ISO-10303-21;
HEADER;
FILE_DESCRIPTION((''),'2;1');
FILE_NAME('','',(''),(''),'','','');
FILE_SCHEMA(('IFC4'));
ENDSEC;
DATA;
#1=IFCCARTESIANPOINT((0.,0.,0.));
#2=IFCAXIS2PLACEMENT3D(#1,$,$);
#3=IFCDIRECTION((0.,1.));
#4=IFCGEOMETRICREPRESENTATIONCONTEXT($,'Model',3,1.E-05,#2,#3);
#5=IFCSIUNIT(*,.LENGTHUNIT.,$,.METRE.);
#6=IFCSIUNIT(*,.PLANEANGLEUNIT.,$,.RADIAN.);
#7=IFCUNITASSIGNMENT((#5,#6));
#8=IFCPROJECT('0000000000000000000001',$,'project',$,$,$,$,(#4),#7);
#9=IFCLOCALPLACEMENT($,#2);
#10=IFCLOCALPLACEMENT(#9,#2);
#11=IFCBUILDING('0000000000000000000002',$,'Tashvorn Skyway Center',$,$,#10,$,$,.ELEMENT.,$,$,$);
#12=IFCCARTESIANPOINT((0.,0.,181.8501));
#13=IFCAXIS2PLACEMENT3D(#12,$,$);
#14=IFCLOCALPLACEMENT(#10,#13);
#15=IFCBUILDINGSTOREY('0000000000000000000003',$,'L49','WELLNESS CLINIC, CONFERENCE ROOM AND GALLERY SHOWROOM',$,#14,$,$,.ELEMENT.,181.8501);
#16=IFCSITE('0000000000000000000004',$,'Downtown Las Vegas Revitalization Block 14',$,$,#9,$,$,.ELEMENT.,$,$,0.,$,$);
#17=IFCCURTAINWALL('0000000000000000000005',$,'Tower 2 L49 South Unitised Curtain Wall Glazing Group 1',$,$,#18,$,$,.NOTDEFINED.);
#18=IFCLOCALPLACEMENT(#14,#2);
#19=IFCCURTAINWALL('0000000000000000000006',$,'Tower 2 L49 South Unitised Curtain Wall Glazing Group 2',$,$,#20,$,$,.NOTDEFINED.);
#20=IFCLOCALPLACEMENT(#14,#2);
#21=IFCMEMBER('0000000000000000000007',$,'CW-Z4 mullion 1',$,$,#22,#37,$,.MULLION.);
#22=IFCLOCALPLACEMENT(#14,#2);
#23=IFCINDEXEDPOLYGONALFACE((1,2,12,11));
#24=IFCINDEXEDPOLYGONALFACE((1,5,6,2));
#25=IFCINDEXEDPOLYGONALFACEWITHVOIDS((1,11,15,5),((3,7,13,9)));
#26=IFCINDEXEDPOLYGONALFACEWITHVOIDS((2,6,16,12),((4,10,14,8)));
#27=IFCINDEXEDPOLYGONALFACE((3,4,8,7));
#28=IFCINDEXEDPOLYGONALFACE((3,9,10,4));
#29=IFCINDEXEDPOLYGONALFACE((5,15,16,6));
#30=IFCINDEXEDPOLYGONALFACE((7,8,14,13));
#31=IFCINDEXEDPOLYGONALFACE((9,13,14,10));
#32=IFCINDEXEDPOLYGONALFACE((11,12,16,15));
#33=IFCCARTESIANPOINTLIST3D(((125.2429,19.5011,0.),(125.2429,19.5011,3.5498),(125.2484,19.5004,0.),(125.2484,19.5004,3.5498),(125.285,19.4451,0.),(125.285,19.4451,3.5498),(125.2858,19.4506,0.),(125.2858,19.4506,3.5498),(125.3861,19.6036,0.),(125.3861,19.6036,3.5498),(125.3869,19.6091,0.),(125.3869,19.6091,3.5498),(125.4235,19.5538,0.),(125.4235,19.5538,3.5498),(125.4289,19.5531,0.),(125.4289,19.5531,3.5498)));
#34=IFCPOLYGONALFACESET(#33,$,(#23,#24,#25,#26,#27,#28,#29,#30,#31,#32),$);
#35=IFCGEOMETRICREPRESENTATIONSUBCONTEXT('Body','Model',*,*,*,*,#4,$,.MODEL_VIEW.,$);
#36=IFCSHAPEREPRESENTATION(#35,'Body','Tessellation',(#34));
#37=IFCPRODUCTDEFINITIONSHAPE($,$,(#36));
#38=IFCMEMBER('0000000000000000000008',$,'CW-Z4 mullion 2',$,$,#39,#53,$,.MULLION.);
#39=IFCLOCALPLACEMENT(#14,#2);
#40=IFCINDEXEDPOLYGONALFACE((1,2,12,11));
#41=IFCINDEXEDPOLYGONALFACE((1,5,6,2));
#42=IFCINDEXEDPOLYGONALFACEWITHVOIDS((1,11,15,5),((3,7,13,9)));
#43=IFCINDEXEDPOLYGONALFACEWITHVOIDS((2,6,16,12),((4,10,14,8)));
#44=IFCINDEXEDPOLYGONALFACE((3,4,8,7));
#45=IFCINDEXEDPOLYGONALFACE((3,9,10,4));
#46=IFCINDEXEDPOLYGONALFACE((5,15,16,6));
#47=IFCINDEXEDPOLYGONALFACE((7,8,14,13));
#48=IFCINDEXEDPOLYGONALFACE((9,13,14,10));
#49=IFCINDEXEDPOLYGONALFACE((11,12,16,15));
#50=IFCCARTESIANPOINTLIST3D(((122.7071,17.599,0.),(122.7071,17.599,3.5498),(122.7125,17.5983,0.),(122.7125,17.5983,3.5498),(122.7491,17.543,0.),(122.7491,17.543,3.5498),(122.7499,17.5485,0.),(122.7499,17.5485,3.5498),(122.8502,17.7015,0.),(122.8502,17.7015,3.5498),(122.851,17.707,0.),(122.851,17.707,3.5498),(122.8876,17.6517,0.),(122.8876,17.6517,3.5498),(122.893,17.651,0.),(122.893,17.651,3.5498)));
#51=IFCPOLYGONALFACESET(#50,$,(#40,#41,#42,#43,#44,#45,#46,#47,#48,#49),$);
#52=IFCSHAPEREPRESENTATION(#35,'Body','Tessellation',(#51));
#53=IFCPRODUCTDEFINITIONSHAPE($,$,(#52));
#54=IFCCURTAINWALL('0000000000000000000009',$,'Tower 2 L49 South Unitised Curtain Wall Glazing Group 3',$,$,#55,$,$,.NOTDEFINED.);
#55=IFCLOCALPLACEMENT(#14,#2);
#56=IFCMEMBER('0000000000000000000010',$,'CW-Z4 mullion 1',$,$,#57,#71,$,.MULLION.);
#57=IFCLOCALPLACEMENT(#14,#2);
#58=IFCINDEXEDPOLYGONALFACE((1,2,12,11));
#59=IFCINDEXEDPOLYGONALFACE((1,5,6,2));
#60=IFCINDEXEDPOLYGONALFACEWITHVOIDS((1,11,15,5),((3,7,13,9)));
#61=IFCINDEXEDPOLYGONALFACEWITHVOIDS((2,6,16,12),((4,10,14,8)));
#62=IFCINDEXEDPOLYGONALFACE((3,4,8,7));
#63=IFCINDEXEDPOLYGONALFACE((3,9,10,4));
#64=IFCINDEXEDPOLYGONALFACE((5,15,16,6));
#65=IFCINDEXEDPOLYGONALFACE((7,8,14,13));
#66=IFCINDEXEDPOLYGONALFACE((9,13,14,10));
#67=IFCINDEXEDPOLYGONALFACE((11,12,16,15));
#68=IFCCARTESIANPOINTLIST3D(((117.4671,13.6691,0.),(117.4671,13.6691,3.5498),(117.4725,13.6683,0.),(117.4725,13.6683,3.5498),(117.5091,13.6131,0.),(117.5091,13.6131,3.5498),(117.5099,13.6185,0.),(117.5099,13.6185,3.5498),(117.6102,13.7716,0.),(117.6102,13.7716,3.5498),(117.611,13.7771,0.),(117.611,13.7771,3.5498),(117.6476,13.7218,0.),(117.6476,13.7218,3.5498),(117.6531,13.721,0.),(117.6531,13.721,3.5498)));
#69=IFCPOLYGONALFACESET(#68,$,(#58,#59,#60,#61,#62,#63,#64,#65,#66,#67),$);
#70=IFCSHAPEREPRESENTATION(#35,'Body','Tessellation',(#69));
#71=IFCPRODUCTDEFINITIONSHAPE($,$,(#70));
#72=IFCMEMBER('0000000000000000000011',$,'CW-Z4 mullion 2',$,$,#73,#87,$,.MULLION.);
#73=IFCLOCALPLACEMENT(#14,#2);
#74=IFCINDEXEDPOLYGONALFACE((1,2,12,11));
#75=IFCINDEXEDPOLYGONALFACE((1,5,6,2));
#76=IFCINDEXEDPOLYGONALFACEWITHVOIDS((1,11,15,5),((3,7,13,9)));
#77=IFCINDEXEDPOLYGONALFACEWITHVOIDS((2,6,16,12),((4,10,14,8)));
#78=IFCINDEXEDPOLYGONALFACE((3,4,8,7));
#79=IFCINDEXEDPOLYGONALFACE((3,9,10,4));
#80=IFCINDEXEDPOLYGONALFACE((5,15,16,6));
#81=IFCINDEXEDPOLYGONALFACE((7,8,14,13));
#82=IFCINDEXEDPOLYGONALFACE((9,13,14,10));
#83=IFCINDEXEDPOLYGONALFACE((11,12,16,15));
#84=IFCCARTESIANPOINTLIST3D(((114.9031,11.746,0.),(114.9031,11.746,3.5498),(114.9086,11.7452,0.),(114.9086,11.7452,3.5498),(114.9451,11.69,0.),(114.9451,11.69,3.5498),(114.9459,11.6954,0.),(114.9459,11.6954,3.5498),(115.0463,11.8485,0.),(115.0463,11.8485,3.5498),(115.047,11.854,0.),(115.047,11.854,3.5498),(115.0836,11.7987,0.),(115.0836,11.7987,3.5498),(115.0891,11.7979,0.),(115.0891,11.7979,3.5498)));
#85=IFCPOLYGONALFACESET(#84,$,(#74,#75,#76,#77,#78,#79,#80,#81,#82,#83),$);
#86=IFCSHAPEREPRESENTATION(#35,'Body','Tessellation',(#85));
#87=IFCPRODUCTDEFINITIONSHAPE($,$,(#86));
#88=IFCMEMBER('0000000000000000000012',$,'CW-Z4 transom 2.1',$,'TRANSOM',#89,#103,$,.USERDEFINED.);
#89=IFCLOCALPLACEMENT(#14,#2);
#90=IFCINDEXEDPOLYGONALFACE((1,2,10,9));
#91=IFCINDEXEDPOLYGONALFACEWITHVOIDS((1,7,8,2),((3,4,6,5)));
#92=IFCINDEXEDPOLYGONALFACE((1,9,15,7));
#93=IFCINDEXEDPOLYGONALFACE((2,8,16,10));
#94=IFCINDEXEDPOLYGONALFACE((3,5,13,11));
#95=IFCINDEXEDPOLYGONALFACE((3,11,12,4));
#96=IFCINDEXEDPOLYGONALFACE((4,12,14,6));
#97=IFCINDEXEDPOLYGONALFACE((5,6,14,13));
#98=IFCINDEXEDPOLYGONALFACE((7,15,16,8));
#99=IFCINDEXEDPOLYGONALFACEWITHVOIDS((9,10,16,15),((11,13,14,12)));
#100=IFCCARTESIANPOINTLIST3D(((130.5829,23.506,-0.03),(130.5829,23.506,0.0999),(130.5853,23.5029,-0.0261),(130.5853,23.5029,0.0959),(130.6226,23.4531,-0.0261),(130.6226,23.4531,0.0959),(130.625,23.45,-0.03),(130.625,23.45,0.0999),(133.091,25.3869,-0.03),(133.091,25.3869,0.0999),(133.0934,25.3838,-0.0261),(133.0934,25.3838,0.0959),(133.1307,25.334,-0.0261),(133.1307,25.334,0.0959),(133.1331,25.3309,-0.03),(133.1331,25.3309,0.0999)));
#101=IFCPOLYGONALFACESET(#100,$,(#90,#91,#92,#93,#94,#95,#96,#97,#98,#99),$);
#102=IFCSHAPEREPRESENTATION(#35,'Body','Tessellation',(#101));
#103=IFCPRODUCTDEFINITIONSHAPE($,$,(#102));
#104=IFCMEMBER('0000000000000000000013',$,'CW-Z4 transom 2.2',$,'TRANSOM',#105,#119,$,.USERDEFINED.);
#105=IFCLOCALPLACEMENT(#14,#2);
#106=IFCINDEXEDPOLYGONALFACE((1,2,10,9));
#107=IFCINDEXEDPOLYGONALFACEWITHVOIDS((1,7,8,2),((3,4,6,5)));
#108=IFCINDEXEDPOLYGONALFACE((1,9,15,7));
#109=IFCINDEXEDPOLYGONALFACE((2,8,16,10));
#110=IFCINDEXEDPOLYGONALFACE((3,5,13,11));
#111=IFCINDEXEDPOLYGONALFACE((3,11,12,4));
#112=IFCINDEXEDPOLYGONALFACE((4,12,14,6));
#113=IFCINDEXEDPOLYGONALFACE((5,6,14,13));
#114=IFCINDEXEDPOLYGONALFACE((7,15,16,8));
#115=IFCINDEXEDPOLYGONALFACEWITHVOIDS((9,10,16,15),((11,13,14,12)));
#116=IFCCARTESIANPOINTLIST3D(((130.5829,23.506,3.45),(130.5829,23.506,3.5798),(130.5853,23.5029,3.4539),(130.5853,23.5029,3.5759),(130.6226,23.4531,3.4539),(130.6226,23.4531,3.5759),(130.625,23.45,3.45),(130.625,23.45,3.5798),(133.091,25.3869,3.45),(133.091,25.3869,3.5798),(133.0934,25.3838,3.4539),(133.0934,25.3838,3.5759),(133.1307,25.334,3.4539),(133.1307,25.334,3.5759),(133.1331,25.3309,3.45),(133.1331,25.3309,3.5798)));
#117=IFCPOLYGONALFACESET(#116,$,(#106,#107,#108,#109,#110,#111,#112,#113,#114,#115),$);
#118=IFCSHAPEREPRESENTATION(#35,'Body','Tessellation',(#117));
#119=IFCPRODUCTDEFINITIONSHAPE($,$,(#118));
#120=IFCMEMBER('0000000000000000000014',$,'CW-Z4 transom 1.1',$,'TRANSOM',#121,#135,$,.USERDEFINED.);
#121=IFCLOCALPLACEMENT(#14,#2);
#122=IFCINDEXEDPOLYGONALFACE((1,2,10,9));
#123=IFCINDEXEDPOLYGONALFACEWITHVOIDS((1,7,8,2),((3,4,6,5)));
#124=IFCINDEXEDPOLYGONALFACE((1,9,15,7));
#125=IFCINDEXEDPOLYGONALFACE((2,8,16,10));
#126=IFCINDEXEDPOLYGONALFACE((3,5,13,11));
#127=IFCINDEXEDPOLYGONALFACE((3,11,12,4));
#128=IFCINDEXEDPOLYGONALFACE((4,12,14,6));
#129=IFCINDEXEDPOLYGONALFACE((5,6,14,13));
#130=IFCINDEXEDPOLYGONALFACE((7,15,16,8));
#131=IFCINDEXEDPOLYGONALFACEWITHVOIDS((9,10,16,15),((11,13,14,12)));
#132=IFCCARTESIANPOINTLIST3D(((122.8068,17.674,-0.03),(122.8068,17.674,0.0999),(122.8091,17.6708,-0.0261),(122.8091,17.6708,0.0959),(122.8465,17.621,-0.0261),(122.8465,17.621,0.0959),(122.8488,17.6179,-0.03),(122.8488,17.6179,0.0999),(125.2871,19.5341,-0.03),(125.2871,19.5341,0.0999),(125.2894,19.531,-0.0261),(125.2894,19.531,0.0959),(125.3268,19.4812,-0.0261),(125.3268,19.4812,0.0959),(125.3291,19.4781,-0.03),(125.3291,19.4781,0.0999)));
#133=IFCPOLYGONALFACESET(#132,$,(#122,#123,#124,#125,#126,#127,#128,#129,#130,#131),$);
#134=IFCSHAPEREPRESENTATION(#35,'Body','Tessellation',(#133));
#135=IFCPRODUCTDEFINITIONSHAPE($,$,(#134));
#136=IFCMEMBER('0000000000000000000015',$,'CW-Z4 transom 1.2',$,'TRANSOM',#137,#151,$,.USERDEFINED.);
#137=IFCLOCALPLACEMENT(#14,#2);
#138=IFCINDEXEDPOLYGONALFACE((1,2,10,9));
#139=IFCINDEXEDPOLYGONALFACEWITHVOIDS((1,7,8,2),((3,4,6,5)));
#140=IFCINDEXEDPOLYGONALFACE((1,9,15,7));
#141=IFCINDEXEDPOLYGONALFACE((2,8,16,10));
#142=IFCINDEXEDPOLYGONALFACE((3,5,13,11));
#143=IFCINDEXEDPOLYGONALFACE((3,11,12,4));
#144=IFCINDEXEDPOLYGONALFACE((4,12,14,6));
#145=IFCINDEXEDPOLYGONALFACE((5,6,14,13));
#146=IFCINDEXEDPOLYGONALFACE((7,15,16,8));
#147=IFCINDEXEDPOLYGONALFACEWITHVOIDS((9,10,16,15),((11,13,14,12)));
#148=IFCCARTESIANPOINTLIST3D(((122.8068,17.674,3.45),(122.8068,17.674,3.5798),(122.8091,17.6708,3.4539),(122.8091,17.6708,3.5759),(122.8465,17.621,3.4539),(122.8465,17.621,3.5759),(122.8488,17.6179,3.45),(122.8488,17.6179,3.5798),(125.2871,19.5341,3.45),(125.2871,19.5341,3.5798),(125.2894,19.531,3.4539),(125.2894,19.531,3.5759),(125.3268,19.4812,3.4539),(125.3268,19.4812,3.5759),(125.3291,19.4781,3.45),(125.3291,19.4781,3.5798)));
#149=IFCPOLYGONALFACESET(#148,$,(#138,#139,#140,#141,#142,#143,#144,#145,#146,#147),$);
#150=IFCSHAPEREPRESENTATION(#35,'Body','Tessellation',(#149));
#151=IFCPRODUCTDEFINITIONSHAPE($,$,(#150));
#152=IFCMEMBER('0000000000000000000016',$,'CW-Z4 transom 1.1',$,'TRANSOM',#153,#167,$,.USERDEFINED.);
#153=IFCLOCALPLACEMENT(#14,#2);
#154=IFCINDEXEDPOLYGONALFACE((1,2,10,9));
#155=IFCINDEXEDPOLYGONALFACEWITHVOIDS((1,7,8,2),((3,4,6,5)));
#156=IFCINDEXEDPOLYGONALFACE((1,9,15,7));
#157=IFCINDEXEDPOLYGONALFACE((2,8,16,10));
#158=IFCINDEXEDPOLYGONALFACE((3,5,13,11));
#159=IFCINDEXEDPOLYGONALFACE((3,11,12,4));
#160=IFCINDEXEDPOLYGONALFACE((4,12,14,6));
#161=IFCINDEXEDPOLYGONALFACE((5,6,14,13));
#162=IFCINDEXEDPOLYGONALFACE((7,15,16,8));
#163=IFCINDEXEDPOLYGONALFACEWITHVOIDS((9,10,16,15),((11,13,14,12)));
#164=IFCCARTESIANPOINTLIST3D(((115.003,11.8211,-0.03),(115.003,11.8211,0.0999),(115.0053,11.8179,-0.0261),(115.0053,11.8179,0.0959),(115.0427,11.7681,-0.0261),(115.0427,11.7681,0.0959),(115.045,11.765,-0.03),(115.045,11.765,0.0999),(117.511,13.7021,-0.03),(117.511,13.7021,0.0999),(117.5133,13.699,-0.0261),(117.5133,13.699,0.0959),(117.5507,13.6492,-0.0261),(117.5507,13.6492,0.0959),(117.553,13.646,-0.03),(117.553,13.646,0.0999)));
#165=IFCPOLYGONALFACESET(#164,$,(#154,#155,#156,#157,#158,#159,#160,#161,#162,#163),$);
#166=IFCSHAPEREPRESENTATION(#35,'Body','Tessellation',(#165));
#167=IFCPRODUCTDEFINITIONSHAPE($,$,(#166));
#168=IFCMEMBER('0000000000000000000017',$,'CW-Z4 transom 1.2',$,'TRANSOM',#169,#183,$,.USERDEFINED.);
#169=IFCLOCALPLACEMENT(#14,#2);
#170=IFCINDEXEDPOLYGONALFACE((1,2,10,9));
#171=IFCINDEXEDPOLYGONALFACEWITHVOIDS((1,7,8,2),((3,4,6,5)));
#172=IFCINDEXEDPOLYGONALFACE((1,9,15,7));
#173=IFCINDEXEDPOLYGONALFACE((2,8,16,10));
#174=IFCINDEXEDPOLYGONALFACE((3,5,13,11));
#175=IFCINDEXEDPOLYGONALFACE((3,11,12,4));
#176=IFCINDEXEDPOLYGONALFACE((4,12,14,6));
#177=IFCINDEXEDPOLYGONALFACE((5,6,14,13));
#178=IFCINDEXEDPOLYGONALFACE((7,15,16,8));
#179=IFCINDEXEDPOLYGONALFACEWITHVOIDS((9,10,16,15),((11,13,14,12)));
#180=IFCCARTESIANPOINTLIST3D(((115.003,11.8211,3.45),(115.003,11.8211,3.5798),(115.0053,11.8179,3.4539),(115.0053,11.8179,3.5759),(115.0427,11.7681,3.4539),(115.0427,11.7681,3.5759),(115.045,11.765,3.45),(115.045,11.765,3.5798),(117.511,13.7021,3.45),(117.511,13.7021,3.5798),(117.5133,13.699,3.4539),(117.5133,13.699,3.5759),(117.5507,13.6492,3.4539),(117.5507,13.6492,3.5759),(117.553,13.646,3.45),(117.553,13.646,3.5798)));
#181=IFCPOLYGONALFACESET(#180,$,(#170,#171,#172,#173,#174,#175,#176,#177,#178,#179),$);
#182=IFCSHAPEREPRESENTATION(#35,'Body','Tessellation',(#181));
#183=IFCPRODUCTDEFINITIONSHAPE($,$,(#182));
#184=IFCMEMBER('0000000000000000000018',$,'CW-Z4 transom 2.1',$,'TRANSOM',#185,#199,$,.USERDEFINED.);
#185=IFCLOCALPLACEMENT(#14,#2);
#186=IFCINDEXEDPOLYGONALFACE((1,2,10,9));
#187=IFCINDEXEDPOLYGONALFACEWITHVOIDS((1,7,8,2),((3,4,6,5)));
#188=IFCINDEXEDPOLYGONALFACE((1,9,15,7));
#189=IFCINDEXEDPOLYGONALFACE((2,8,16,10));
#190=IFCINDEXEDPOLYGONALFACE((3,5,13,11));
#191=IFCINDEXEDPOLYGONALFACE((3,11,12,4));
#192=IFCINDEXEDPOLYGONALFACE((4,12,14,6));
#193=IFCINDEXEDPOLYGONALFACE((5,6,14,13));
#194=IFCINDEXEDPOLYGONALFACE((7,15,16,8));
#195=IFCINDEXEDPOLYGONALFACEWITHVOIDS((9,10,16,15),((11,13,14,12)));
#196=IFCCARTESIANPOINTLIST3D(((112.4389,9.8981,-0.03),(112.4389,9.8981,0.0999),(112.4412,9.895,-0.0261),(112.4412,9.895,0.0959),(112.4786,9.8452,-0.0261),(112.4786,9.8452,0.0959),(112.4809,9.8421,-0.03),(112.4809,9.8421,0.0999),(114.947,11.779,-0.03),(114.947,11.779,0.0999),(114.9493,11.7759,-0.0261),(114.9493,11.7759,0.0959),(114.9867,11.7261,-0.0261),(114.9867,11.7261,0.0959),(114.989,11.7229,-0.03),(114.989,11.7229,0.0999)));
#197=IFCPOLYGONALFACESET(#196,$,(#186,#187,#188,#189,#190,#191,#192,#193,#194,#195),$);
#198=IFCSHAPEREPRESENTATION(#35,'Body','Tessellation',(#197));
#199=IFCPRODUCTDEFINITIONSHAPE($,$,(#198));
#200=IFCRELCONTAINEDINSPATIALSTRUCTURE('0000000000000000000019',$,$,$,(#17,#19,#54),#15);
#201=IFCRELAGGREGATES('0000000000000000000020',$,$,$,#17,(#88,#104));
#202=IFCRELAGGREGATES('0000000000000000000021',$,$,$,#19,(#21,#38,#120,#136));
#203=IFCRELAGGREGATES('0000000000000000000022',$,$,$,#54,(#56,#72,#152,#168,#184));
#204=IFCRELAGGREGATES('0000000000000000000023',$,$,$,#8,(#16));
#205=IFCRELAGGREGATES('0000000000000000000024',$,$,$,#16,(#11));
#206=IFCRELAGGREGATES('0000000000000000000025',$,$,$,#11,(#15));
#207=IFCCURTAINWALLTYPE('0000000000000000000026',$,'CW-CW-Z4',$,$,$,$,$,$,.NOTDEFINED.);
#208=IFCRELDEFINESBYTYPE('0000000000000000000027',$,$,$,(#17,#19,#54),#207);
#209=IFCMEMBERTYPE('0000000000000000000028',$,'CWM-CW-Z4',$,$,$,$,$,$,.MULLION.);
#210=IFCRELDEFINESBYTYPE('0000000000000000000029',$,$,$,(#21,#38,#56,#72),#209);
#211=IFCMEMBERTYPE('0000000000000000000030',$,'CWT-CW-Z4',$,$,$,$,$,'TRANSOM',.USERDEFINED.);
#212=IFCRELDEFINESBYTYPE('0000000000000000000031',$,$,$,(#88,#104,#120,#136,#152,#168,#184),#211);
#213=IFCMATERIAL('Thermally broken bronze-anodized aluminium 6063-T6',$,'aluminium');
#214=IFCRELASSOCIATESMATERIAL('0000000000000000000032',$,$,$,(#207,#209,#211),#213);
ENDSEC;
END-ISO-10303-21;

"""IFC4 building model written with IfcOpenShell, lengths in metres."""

from ifc_helpers import new_model, si_unit, direction, frame, origin, origin_2d, place, context, subcontext, project, spatial, hollow_rectangle, extrude, material, material_profile, profile_set, type_object, element, aggregate, save


model = new_model("IFC4")

# Units and contexts
model_context = context("Model", 3, precision=1e-05, world=origin(), true_north=direction((0.0, 1.0)))
body_context = subcontext(model_context, "Body", "Model", "MODEL_VIEW")
ifc_project = project(units=[si_unit("LENGTHUNIT", "METRE"), si_unit("PLANEANGLEUNIT", "RADIAN")], contexts=[model_context])

# Site, building, storey
site_placement = place(None, origin())
site = spatial("IfcSite", under=ifc_project, at=site_placement, Name="Downtown Las Vegas Revitalization Block 14", CompositionType="ELEMENT", RefElevation=0.0)
building_placement = place(site_placement, origin())
building = spatial("IfcBuilding", under=site, at=building_placement, Name="Tashvorn Skyway Center", CompositionType="ELEMENT")
storey_placement = place(building_placement, frame((0.0, 0.0, 181.8501)))
storey = spatial("IfcBuildingStorey", under=building, at=storey_placement, Name="L49", Description="WELLNESS CLINIC, CONFERENCE ROOM AND GALLERY SHOWROOM", CompositionType="ELEMENT", Elevation=181.8501)

# Curtain walls, members
ifc_material_1 = material(Name="Thermally broken bronze-anodized aluminium 6063-T6", Category="aluminium")
curtain_wall_type = type_object("IfcCurtainWallType", Name="CW-CW-Z4", PredefinedType="NOTDEFINED", material=ifc_material_1)
curtain_wall_1_placement = place(storey_placement, origin())
curtain_wall_1 = element("IfcCurtainWall", 1, at=curtain_wall_1_placement, inside=storey, type_object=curtain_wall_type, Name="Tower 2 L49 South Unitised Curtain Wall Glazing Group 1", PredefinedType="NOTDEFINED")
ifc_material_profile_1 = material_profile(ifc_material_1, hollow_rectangle(XDim=0.0701, YDim=0.1799, WallThickness=0.0039, at=origin_2d()), Name="ALU-MULL-70x180")
ifc_profile_set_1 = profile_set([ifc_material_profile_1], Name="Thermally broken bronze-anodized aluminium 6063-T6")
member_type_1 = type_object("IfcMemberType", Name="CWM-CW-Z4", PredefinedType="MULLION", material=ifc_profile_set_1)
curtain_wall_2_placement = place(storey_placement, origin())
curtain_wall_2 = element("IfcCurtainWall", 2, at=curtain_wall_2_placement, inside=storey, type_object=curtain_wall_type, Name="Tower 2 L49 South Unitised Curtain Wall Glazing Group 2", PredefinedType="NOTDEFINED")
member_1_placement = place(storey_placement, frame((125.3359, 19.5271, 0.0), z_axis=(0.0, 0.0, 1.0), x_axis=(0.6, -0.8, 0.0)))
member_1 = element("IfcMember", 3, at=member_1_placement, type_object=member_type_1, Name="CW-Z4 mullion 1", PredefinedType="MULLION", context=body_context, shape_type="SweptSolid", body=[
    extrude(hollow_rectangle(XDim=0.0701, YDim=0.1799, WallThickness=0.0039, at=origin_2d()), origin(), (0.0, 0.0, 1.0), 3.5498),
])
member_2_placement = place(storey_placement, frame((122.8, 17.625, 0.0), z_axis=(0.0, 0.0, 1.0), x_axis=(0.6, -0.8, 0.0)))
member_2 = element("IfcMember", 4, at=member_2_placement, type_object=member_type_1, Name="CW-Z4 mullion 2", PredefinedType="MULLION", context=body_context, shape_type="SweptSolid", body=[
    extrude(hollow_rectangle(XDim=0.0701, YDim=0.1799, WallThickness=0.0039, at=origin_2d()), origin(), (0.0, 0.0, 1.0), 3.5498),
])
curtain_wall_3_placement = place(storey_placement, origin())
curtain_wall_3 = element("IfcCurtainWall", 5, at=curtain_wall_3_placement, inside=storey, type_object=curtain_wall_type, Name="Tower 2 L49 South Unitised Curtain Wall Glazing Group 3", PredefinedType="NOTDEFINED")
member_3_placement = place(storey_placement, frame((117.5601, 13.6951, 0.0), z_axis=(0.0, 0.0, 1.0), x_axis=(0.6, -0.8, 0.0)))
member_3 = element("IfcMember", 6, at=member_3_placement, type_object=member_type_1, Name="CW-Z4 mullion 1", PredefinedType="MULLION", context=body_context, shape_type="SweptSolid", body=[
    extrude(hollow_rectangle(XDim=0.0701, YDim=0.1799, WallThickness=0.0039, at=origin_2d()), origin(), (0.0, 0.0, 1.0), 3.5498),
])
member_4_placement = place(storey_placement, frame((114.9961, 11.772, 0.0), z_axis=(0.0, 0.0, 1.0), x_axis=(0.6, -0.8, 0.0)))
member_4 = element("IfcMember", 7, at=member_4_placement, type_object=member_type_1, Name="CW-Z4 mullion 2", PredefinedType="MULLION", context=body_context, shape_type="SweptSolid", body=[
    extrude(hollow_rectangle(XDim=0.0701, YDim=0.1799, WallThickness=0.0039, at=origin_2d()), origin(), (0.0, 0.0, 1.0), 3.5498),
])

# Members
ifc_material_profile_2 = material_profile(ifc_material_1, hollow_rectangle(XDim=0.0701, YDim=0.1299, WallThickness=0.0039, at=origin_2d()), Name="ALU-TRAN-70x130")
ifc_profile_set_2 = profile_set([ifc_material_profile_2], Name="Thermally broken bronze-anodized aluminium 6063-T6")
member_type_2 = type_object("IfcMemberType", Name="CWT-CW-Z4", ElementType="TRANSOM", PredefinedType="USERDEFINED", material=ifc_profile_set_2)
member_5_placement = place(storey_placement, frame((133.1121, 25.3589, 0.0349), z_axis=(-0.800028, -0.599963, 0.0), x_axis=(0.599963, -0.800028, 0.0)))
member_5 = element("IfcMember", 8, at=member_5_placement, type_object=member_type_2, Name="CW-Z4 transom 2.1", ObjectType="TRANSOM", PredefinedType="USERDEFINED", context=body_context, shape_type="SweptSolid", body=[
    extrude(hollow_rectangle(XDim=0.0701, YDim=0.1299, WallThickness=0.0039, at=origin_2d()), origin(), (0.0, 0.0, 1.0), 3.135),
])
member_6_placement = place(storey_placement, frame((133.1121, 25.3589, 3.5149), z_axis=(-0.800028, -0.599963, 0.0), x_axis=(0.599963, -0.800028, 0.0)))
member_6 = element("IfcMember", 9, at=member_6_placement, type_object=member_type_2, Name="CW-Z4 transom 2.2", ObjectType="TRANSOM", PredefinedType="USERDEFINED", context=body_context, shape_type="SweptSolid", body=[
    extrude(hollow_rectangle(XDim=0.0701, YDim=0.1299, WallThickness=0.0039, at=origin_2d()), origin(), (0.0, 0.0, 1.0), 3.135),
])
member_7_placement = place(storey_placement, frame((125.3081, 19.5061, 0.0349), z_axis=(-0.800009, -0.599987, 0.0), x_axis=(0.599987, -0.800009, 0.0)))
member_7 = element("IfcMember", 10, at=member_7_placement, type_object=member_type_2, Name="CW-Z4 transom 1.1", ObjectType="TRANSOM", PredefinedType="USERDEFINED", context=body_context, shape_type="SweptSolid", body=[
    extrude(hollow_rectangle(XDim=0.0701, YDim=0.1299, WallThickness=0.0039, at=origin_2d()), origin(), (0.0, 0.0, 1.0), 3.1003),
])
member_8_placement = place(storey_placement, frame((125.3081, 19.5061, 3.5149), z_axis=(-0.800009, -0.599987, 0.0), x_axis=(0.599987, -0.800009, 0.0)))
member_8 = element("IfcMember", 11, at=member_8_placement, type_object=member_type_2, Name="CW-Z4 transom 1.2", ObjectType="TRANSOM", PredefinedType="USERDEFINED", context=body_context, shape_type="SweptSolid", body=[
    extrude(hollow_rectangle(XDim=0.0701, YDim=0.1299, WallThickness=0.0039, at=origin_2d()), origin(), (0.0, 0.0, 1.0), 3.1003),
])
member_9_placement = place(storey_placement, frame((117.532, 13.6741, 0.0349), z_axis=(-0.799991, -0.600012, 0.0), x_axis=(0.600012, -0.799991, 0.0)))
member_9 = element("IfcMember", 12, at=member_9_placement, type_object=member_type_2, Name="CW-Z4 transom 1.1", ObjectType="TRANSOM", PredefinedType="USERDEFINED", context=body_context, shape_type="SweptSolid", body=[
    extrude(hollow_rectangle(XDim=0.0701, YDim=0.1299, WallThickness=0.0039, at=origin_2d()), origin(), (0.0, 0.0, 1.0), 3.135),
])
member_10_placement = place(storey_placement, frame((117.532, 13.6741, 3.5149), z_axis=(-0.799991, -0.600012, 0.0), x_axis=(0.600012, -0.799991, 0.0)))
member_10 = element("IfcMember", 13, at=member_10_placement, type_object=member_type_2, Name="CW-Z4 transom 1.2", ObjectType="TRANSOM", PredefinedType="USERDEFINED", context=body_context, shape_type="SweptSolid", body=[
    extrude(hollow_rectangle(XDim=0.0701, YDim=0.1299, WallThickness=0.0039, at=origin_2d()), origin(), (0.0, 0.0, 1.0), 3.135),
])
member_11_placement = place(storey_placement, frame((114.968, 11.751, 0.0349), z_axis=(-0.800028, -0.599963, 0.0), x_axis=(0.599963, -0.800028, 0.0)))
member_11 = element("IfcMember", 14, at=member_11_placement, type_object=member_type_2, Name="CW-Z4 transom 2.1", ObjectType="TRANSOM", PredefinedType="USERDEFINED", context=body_context, shape_type="SweptSolid", body=[
    extrude(hollow_rectangle(XDim=0.0701, YDim=0.1299, WallThickness=0.0039, at=origin_2d()), origin(), (0.0, 0.0, 1.0), 3.135),
])

aggregate(curtain_wall_1, [member_5, member_6])
aggregate(curtain_wall_2, [member_1, member_2, member_7, member_8])
aggregate(curtain_wall_3, [member_3, member_4, member_9, member_10, member_11])

save(model, "model.ifc")
